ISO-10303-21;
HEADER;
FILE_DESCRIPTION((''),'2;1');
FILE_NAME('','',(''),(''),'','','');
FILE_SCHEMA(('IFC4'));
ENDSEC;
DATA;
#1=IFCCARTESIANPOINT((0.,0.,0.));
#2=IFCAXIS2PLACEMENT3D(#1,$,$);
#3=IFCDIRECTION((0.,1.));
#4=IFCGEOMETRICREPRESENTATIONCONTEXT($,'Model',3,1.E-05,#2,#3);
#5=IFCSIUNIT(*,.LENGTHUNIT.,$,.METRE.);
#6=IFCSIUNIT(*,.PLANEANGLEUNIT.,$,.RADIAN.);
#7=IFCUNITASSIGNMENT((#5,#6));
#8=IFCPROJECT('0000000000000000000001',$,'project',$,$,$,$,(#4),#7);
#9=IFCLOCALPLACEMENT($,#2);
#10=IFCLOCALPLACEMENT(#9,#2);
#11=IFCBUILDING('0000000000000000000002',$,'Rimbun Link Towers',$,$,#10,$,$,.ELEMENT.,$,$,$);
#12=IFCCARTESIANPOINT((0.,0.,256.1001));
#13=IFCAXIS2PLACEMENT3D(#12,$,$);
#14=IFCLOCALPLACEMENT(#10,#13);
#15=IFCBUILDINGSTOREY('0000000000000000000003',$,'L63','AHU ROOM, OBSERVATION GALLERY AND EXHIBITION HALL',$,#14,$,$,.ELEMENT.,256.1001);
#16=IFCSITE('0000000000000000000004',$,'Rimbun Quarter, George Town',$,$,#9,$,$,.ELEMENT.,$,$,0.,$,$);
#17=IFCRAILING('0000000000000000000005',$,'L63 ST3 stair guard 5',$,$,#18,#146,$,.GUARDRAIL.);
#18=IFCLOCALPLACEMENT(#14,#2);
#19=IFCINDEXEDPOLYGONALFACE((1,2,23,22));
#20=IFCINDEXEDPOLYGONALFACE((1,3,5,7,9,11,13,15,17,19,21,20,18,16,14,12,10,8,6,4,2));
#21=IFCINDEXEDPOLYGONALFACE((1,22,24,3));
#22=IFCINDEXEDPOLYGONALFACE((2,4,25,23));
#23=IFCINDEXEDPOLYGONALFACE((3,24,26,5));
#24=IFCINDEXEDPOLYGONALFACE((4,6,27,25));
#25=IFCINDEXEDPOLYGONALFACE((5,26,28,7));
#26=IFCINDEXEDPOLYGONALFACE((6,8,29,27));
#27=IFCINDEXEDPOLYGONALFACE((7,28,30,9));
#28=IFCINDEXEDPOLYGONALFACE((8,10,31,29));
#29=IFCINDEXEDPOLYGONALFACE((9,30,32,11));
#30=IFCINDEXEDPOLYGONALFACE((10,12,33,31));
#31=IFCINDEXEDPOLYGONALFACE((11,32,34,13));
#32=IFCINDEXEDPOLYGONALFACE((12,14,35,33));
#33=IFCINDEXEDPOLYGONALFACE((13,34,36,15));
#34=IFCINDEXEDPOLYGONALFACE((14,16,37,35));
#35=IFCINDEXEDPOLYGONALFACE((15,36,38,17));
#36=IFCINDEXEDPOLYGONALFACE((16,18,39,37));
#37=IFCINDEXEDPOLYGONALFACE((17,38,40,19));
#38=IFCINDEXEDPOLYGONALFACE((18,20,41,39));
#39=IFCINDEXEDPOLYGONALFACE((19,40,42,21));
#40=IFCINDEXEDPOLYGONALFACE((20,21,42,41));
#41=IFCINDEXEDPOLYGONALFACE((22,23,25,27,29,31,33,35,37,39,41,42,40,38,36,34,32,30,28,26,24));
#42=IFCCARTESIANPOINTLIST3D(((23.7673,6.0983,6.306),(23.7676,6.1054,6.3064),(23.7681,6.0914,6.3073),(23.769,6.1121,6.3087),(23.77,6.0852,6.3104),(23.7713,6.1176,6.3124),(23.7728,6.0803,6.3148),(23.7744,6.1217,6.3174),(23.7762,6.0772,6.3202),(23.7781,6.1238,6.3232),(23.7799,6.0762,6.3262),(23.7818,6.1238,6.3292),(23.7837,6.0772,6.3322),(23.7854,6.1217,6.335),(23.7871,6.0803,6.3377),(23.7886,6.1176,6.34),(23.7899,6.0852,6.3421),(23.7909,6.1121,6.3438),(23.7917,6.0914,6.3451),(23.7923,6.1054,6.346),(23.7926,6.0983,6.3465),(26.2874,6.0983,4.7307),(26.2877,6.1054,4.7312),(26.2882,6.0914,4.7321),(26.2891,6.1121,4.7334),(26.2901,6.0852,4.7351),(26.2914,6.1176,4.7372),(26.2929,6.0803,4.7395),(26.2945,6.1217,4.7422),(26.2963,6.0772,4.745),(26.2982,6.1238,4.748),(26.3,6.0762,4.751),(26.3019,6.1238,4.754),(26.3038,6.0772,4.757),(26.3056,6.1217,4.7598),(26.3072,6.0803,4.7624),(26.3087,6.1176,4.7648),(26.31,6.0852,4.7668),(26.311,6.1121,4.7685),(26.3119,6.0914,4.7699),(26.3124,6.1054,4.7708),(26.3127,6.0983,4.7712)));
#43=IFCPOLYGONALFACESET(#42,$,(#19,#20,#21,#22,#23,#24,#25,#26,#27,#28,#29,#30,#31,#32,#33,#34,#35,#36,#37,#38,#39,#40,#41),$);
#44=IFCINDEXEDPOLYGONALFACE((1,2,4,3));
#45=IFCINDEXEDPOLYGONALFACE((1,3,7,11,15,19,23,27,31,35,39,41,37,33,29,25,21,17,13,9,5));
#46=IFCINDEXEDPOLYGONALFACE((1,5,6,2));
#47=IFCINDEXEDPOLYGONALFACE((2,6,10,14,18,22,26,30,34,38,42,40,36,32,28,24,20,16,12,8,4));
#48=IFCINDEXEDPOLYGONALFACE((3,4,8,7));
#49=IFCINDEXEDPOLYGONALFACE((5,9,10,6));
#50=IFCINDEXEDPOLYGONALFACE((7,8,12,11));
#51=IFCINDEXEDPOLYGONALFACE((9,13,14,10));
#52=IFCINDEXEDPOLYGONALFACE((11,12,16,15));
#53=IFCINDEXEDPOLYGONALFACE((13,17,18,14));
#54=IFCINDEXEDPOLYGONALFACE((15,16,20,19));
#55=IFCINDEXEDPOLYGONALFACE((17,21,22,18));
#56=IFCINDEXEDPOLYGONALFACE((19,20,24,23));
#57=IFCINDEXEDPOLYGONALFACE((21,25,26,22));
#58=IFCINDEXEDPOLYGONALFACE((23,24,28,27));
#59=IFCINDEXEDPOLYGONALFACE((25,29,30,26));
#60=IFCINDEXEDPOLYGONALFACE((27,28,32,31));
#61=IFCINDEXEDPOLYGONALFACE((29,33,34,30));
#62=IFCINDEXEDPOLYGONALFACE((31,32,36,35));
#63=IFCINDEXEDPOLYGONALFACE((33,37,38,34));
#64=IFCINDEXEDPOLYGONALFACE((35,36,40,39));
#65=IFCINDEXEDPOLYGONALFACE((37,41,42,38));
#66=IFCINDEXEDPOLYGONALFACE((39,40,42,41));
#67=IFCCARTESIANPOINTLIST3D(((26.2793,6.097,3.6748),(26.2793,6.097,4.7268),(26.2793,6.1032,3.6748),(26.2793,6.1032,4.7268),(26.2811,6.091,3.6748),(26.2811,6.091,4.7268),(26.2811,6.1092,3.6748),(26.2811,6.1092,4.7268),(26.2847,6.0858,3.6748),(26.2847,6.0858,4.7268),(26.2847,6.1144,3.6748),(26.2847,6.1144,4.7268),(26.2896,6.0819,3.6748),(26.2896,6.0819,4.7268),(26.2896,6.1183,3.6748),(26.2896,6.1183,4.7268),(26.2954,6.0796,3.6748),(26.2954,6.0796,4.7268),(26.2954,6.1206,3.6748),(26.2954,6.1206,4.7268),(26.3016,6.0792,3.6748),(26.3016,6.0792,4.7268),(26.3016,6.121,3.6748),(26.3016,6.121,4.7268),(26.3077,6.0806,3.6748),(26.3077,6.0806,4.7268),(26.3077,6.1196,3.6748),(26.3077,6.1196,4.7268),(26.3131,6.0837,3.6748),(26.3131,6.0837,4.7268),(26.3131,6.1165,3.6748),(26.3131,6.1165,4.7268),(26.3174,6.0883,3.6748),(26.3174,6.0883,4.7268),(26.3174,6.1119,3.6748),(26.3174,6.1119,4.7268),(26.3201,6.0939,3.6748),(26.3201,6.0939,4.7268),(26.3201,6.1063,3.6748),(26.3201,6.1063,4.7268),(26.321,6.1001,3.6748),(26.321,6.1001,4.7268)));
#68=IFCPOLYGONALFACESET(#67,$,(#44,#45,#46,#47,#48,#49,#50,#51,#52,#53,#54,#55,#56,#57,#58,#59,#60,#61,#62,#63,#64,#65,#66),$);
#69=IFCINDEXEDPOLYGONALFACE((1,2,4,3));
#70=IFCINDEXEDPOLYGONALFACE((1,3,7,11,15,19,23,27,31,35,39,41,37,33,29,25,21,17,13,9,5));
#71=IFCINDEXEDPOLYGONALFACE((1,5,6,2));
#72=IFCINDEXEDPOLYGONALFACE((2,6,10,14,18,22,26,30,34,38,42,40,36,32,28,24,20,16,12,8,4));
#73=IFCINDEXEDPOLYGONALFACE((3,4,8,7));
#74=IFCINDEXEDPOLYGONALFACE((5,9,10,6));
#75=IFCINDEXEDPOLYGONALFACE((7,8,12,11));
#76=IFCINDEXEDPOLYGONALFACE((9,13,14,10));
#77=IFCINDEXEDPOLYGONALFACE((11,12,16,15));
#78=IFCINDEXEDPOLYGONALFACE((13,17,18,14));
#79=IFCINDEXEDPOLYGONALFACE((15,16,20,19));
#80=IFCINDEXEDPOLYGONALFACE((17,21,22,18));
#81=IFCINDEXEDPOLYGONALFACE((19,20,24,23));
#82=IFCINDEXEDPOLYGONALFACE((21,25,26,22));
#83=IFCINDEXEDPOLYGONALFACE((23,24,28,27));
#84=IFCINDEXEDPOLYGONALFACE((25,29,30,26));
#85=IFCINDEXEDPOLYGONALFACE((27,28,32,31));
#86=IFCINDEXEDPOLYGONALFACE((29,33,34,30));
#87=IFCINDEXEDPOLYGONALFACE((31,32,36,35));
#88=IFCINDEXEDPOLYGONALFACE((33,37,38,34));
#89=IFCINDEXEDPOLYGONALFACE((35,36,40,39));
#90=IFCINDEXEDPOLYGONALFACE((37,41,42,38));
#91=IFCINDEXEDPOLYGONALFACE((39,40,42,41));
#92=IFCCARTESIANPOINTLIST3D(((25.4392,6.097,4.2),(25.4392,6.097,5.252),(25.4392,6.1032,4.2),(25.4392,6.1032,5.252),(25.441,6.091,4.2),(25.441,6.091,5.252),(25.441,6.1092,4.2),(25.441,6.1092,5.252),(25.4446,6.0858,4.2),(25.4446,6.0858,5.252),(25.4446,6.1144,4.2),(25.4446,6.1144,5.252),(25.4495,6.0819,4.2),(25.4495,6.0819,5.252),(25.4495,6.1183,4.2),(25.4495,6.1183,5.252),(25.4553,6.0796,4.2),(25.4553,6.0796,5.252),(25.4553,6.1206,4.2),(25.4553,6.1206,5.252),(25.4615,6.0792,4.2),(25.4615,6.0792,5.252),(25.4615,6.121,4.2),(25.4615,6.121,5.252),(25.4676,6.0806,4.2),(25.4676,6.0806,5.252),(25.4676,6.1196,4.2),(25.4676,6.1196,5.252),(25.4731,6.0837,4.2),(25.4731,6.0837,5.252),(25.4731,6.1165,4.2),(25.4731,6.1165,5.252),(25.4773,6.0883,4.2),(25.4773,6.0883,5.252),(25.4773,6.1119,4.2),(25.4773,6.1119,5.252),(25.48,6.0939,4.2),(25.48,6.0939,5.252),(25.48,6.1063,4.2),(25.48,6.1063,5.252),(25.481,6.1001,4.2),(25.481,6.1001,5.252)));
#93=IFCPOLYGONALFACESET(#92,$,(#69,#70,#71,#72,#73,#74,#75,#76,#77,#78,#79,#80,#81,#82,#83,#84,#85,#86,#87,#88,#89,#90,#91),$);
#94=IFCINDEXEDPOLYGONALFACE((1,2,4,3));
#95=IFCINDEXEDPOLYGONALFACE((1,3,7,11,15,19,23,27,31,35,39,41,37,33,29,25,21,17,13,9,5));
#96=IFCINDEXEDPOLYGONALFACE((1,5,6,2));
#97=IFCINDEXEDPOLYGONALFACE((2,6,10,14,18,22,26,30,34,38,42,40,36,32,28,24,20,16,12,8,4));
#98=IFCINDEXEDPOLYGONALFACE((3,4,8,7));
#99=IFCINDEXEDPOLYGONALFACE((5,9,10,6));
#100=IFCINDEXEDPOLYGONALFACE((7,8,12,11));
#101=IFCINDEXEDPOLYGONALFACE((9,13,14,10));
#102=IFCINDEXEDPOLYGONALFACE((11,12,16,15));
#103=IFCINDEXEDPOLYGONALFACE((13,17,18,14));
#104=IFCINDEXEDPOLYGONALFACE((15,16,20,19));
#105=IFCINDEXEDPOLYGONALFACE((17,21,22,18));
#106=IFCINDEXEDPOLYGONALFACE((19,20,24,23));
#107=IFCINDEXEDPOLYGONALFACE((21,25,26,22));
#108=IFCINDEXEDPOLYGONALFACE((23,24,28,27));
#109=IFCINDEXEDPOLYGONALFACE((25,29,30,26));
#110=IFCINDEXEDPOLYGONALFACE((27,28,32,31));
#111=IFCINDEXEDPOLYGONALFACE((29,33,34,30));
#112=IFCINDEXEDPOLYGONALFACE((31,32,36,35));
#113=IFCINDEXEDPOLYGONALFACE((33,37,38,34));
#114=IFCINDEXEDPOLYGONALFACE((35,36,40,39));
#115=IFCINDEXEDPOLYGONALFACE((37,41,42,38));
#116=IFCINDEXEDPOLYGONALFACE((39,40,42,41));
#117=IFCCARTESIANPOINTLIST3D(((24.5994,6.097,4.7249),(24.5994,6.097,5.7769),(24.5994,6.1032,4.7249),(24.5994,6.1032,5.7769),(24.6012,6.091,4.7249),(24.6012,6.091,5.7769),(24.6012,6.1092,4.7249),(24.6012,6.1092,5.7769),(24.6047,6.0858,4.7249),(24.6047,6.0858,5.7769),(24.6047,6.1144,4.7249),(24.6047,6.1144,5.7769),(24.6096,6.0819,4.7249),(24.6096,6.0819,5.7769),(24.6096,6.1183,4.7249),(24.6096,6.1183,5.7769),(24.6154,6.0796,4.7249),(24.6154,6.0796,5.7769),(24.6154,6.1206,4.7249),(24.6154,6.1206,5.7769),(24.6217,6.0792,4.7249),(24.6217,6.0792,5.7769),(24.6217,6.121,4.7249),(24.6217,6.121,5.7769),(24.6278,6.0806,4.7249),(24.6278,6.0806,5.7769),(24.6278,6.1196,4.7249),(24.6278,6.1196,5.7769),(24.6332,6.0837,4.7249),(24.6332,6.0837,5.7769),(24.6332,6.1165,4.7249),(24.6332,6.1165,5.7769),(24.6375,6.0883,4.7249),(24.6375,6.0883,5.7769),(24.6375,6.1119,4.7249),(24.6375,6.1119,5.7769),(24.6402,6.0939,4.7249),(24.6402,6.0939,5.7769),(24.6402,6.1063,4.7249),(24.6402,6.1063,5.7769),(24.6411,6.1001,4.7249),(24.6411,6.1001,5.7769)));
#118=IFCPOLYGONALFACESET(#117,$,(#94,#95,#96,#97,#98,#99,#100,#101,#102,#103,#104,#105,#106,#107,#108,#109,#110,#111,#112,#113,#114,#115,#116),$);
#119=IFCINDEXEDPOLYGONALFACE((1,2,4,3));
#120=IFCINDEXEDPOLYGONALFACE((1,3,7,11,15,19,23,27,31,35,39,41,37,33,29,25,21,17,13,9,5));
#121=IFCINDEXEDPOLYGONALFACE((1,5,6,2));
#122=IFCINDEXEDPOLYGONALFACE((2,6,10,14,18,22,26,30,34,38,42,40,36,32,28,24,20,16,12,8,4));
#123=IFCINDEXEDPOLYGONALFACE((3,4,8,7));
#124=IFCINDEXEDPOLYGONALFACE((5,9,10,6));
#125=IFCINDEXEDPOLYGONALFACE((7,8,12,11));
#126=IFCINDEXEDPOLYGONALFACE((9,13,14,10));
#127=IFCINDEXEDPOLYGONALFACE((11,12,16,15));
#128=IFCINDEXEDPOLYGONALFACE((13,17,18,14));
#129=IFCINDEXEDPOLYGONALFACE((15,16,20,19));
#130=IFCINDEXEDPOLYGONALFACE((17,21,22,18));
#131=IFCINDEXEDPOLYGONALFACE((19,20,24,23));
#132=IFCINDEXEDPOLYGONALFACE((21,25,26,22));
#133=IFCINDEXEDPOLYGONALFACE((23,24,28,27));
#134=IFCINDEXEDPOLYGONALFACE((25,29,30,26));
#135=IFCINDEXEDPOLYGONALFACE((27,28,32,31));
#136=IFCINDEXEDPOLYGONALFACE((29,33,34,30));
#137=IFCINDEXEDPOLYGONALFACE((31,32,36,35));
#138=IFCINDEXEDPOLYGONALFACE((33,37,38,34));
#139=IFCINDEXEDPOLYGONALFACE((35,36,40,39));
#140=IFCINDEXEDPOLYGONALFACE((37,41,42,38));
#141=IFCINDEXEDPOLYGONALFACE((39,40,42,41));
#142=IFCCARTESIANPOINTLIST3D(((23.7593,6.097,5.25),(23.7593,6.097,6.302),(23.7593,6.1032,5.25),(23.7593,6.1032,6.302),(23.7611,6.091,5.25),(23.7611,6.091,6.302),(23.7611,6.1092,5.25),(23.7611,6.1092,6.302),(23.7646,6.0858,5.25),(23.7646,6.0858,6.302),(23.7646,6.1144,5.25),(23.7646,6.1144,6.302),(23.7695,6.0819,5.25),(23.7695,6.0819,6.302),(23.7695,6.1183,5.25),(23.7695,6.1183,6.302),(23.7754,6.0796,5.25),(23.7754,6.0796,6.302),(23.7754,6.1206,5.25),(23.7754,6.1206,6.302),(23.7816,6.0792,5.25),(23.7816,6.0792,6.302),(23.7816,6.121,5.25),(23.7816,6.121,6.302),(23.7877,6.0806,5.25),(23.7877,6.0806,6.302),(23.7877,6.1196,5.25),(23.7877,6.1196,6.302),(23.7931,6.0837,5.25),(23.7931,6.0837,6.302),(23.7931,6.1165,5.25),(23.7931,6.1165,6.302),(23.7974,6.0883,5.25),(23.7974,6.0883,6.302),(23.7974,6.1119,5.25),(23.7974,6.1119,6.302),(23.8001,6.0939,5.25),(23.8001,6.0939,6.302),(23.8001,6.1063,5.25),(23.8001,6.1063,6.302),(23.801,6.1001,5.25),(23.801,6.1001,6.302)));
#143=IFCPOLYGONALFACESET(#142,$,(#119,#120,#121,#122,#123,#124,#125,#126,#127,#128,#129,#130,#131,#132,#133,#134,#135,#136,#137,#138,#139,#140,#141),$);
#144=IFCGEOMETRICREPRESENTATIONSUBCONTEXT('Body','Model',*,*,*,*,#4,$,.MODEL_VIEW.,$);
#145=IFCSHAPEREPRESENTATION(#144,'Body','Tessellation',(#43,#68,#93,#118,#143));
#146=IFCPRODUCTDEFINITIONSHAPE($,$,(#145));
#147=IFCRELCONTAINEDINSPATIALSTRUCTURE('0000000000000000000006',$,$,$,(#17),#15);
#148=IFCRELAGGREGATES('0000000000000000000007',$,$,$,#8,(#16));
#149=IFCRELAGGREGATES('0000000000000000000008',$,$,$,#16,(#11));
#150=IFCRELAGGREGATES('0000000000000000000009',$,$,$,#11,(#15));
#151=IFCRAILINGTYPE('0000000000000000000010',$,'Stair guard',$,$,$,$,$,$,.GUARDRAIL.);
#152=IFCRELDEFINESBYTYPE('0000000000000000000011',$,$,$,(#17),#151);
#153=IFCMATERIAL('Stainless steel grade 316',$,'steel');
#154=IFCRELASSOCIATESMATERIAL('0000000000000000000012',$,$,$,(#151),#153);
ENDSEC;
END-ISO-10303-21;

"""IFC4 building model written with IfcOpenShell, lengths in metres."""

from ifc_helpers import new_model, si_unit, direction, frame, origin, origin_2d, place, context, subcontext, project, spatial, circle, extrude, material, type_object, element, save


model = new_model("IFC4")

# Units and contexts
model_context = context("Model", 3, precision=1e-05, world=origin(), true_north=direction((0.0, 1.0)))
body_context = subcontext(model_context, "Body", "Model", "MODEL_VIEW")
ifc_project = project(units=[si_unit("LENGTHUNIT", "METRE"), si_unit("PLANEANGLEUNIT", "RADIAN")], contexts=[model_context])

# Site, building, storey
site_placement = place(None, origin())
site = spatial("IfcSite", under=ifc_project, at=site_placement, Name="Rimbun Quarter, George Town", CompositionType="ELEMENT", RefElevation=0.0)
building_placement = place(site_placement, origin())
building = spatial("IfcBuilding", under=site, at=building_placement, Name="Rimbun Link Towers", CompositionType="ELEMENT")
storey_placement = place(building_placement, frame((0.0, 0.0, 256.1001)))
storey = spatial("IfcBuildingStorey", under=building, at=storey_placement, Name="L63", Description="AHU ROOM, OBSERVATION GALLERY AND EXHIBITION HALL", CompositionType="ELEMENT", Elevation=256.1001)

# Railing
ifc_material_1 = material(Name="Stainless steel grade 316", Category="steel")
railing_type_1 = type_object("IfcRailingType", Name="Stair guard", PredefinedType="GUARDRAIL", material=ifc_material_1)
railing_1_placement = place(storey_placement, frame((26.3, 6.1001, 3.6748)))
element("IfcRailing", 1, at=railing_1_placement, inside=storey, type_object=railing_type_1, Name="L63 ST3 stair guard 5", PredefinedType="GUARDRAIL", context=body_context, shape_type="SweptSolid", body=[
    extrude(circle(Radius=0.0239, at=origin_2d()), frame((0.0, 0.0, 1.0762), z_axis=(-0.847971, 0.0, 0.530043), x_axis=(0.0, -1.0, 0.0)), (0.0, 0.0, 1.0), 2.9719),
    extrude(circle(Radius=0.021, at=origin_2d()), origin(), (0.0, 0.0, 1.0), 1.052),
    extrude(circle(Radius=0.021, at=origin_2d()), frame((-0.8401, 0.0, 0.5251)), (0.0, 0.0, 1.0), 1.052),
    extrude(circle(Radius=0.021, at=origin_2d()), frame((-1.6799, 0.0, 1.05)), (0.0, 0.0, 1.0), 1.052),
    extrude(circle(Radius=0.021, at=origin_2d()), frame((-2.52, 0.0, 1.5752)), (0.0, 0.0, 1.0), 1.052),
])

save(model, "model.ifc")
